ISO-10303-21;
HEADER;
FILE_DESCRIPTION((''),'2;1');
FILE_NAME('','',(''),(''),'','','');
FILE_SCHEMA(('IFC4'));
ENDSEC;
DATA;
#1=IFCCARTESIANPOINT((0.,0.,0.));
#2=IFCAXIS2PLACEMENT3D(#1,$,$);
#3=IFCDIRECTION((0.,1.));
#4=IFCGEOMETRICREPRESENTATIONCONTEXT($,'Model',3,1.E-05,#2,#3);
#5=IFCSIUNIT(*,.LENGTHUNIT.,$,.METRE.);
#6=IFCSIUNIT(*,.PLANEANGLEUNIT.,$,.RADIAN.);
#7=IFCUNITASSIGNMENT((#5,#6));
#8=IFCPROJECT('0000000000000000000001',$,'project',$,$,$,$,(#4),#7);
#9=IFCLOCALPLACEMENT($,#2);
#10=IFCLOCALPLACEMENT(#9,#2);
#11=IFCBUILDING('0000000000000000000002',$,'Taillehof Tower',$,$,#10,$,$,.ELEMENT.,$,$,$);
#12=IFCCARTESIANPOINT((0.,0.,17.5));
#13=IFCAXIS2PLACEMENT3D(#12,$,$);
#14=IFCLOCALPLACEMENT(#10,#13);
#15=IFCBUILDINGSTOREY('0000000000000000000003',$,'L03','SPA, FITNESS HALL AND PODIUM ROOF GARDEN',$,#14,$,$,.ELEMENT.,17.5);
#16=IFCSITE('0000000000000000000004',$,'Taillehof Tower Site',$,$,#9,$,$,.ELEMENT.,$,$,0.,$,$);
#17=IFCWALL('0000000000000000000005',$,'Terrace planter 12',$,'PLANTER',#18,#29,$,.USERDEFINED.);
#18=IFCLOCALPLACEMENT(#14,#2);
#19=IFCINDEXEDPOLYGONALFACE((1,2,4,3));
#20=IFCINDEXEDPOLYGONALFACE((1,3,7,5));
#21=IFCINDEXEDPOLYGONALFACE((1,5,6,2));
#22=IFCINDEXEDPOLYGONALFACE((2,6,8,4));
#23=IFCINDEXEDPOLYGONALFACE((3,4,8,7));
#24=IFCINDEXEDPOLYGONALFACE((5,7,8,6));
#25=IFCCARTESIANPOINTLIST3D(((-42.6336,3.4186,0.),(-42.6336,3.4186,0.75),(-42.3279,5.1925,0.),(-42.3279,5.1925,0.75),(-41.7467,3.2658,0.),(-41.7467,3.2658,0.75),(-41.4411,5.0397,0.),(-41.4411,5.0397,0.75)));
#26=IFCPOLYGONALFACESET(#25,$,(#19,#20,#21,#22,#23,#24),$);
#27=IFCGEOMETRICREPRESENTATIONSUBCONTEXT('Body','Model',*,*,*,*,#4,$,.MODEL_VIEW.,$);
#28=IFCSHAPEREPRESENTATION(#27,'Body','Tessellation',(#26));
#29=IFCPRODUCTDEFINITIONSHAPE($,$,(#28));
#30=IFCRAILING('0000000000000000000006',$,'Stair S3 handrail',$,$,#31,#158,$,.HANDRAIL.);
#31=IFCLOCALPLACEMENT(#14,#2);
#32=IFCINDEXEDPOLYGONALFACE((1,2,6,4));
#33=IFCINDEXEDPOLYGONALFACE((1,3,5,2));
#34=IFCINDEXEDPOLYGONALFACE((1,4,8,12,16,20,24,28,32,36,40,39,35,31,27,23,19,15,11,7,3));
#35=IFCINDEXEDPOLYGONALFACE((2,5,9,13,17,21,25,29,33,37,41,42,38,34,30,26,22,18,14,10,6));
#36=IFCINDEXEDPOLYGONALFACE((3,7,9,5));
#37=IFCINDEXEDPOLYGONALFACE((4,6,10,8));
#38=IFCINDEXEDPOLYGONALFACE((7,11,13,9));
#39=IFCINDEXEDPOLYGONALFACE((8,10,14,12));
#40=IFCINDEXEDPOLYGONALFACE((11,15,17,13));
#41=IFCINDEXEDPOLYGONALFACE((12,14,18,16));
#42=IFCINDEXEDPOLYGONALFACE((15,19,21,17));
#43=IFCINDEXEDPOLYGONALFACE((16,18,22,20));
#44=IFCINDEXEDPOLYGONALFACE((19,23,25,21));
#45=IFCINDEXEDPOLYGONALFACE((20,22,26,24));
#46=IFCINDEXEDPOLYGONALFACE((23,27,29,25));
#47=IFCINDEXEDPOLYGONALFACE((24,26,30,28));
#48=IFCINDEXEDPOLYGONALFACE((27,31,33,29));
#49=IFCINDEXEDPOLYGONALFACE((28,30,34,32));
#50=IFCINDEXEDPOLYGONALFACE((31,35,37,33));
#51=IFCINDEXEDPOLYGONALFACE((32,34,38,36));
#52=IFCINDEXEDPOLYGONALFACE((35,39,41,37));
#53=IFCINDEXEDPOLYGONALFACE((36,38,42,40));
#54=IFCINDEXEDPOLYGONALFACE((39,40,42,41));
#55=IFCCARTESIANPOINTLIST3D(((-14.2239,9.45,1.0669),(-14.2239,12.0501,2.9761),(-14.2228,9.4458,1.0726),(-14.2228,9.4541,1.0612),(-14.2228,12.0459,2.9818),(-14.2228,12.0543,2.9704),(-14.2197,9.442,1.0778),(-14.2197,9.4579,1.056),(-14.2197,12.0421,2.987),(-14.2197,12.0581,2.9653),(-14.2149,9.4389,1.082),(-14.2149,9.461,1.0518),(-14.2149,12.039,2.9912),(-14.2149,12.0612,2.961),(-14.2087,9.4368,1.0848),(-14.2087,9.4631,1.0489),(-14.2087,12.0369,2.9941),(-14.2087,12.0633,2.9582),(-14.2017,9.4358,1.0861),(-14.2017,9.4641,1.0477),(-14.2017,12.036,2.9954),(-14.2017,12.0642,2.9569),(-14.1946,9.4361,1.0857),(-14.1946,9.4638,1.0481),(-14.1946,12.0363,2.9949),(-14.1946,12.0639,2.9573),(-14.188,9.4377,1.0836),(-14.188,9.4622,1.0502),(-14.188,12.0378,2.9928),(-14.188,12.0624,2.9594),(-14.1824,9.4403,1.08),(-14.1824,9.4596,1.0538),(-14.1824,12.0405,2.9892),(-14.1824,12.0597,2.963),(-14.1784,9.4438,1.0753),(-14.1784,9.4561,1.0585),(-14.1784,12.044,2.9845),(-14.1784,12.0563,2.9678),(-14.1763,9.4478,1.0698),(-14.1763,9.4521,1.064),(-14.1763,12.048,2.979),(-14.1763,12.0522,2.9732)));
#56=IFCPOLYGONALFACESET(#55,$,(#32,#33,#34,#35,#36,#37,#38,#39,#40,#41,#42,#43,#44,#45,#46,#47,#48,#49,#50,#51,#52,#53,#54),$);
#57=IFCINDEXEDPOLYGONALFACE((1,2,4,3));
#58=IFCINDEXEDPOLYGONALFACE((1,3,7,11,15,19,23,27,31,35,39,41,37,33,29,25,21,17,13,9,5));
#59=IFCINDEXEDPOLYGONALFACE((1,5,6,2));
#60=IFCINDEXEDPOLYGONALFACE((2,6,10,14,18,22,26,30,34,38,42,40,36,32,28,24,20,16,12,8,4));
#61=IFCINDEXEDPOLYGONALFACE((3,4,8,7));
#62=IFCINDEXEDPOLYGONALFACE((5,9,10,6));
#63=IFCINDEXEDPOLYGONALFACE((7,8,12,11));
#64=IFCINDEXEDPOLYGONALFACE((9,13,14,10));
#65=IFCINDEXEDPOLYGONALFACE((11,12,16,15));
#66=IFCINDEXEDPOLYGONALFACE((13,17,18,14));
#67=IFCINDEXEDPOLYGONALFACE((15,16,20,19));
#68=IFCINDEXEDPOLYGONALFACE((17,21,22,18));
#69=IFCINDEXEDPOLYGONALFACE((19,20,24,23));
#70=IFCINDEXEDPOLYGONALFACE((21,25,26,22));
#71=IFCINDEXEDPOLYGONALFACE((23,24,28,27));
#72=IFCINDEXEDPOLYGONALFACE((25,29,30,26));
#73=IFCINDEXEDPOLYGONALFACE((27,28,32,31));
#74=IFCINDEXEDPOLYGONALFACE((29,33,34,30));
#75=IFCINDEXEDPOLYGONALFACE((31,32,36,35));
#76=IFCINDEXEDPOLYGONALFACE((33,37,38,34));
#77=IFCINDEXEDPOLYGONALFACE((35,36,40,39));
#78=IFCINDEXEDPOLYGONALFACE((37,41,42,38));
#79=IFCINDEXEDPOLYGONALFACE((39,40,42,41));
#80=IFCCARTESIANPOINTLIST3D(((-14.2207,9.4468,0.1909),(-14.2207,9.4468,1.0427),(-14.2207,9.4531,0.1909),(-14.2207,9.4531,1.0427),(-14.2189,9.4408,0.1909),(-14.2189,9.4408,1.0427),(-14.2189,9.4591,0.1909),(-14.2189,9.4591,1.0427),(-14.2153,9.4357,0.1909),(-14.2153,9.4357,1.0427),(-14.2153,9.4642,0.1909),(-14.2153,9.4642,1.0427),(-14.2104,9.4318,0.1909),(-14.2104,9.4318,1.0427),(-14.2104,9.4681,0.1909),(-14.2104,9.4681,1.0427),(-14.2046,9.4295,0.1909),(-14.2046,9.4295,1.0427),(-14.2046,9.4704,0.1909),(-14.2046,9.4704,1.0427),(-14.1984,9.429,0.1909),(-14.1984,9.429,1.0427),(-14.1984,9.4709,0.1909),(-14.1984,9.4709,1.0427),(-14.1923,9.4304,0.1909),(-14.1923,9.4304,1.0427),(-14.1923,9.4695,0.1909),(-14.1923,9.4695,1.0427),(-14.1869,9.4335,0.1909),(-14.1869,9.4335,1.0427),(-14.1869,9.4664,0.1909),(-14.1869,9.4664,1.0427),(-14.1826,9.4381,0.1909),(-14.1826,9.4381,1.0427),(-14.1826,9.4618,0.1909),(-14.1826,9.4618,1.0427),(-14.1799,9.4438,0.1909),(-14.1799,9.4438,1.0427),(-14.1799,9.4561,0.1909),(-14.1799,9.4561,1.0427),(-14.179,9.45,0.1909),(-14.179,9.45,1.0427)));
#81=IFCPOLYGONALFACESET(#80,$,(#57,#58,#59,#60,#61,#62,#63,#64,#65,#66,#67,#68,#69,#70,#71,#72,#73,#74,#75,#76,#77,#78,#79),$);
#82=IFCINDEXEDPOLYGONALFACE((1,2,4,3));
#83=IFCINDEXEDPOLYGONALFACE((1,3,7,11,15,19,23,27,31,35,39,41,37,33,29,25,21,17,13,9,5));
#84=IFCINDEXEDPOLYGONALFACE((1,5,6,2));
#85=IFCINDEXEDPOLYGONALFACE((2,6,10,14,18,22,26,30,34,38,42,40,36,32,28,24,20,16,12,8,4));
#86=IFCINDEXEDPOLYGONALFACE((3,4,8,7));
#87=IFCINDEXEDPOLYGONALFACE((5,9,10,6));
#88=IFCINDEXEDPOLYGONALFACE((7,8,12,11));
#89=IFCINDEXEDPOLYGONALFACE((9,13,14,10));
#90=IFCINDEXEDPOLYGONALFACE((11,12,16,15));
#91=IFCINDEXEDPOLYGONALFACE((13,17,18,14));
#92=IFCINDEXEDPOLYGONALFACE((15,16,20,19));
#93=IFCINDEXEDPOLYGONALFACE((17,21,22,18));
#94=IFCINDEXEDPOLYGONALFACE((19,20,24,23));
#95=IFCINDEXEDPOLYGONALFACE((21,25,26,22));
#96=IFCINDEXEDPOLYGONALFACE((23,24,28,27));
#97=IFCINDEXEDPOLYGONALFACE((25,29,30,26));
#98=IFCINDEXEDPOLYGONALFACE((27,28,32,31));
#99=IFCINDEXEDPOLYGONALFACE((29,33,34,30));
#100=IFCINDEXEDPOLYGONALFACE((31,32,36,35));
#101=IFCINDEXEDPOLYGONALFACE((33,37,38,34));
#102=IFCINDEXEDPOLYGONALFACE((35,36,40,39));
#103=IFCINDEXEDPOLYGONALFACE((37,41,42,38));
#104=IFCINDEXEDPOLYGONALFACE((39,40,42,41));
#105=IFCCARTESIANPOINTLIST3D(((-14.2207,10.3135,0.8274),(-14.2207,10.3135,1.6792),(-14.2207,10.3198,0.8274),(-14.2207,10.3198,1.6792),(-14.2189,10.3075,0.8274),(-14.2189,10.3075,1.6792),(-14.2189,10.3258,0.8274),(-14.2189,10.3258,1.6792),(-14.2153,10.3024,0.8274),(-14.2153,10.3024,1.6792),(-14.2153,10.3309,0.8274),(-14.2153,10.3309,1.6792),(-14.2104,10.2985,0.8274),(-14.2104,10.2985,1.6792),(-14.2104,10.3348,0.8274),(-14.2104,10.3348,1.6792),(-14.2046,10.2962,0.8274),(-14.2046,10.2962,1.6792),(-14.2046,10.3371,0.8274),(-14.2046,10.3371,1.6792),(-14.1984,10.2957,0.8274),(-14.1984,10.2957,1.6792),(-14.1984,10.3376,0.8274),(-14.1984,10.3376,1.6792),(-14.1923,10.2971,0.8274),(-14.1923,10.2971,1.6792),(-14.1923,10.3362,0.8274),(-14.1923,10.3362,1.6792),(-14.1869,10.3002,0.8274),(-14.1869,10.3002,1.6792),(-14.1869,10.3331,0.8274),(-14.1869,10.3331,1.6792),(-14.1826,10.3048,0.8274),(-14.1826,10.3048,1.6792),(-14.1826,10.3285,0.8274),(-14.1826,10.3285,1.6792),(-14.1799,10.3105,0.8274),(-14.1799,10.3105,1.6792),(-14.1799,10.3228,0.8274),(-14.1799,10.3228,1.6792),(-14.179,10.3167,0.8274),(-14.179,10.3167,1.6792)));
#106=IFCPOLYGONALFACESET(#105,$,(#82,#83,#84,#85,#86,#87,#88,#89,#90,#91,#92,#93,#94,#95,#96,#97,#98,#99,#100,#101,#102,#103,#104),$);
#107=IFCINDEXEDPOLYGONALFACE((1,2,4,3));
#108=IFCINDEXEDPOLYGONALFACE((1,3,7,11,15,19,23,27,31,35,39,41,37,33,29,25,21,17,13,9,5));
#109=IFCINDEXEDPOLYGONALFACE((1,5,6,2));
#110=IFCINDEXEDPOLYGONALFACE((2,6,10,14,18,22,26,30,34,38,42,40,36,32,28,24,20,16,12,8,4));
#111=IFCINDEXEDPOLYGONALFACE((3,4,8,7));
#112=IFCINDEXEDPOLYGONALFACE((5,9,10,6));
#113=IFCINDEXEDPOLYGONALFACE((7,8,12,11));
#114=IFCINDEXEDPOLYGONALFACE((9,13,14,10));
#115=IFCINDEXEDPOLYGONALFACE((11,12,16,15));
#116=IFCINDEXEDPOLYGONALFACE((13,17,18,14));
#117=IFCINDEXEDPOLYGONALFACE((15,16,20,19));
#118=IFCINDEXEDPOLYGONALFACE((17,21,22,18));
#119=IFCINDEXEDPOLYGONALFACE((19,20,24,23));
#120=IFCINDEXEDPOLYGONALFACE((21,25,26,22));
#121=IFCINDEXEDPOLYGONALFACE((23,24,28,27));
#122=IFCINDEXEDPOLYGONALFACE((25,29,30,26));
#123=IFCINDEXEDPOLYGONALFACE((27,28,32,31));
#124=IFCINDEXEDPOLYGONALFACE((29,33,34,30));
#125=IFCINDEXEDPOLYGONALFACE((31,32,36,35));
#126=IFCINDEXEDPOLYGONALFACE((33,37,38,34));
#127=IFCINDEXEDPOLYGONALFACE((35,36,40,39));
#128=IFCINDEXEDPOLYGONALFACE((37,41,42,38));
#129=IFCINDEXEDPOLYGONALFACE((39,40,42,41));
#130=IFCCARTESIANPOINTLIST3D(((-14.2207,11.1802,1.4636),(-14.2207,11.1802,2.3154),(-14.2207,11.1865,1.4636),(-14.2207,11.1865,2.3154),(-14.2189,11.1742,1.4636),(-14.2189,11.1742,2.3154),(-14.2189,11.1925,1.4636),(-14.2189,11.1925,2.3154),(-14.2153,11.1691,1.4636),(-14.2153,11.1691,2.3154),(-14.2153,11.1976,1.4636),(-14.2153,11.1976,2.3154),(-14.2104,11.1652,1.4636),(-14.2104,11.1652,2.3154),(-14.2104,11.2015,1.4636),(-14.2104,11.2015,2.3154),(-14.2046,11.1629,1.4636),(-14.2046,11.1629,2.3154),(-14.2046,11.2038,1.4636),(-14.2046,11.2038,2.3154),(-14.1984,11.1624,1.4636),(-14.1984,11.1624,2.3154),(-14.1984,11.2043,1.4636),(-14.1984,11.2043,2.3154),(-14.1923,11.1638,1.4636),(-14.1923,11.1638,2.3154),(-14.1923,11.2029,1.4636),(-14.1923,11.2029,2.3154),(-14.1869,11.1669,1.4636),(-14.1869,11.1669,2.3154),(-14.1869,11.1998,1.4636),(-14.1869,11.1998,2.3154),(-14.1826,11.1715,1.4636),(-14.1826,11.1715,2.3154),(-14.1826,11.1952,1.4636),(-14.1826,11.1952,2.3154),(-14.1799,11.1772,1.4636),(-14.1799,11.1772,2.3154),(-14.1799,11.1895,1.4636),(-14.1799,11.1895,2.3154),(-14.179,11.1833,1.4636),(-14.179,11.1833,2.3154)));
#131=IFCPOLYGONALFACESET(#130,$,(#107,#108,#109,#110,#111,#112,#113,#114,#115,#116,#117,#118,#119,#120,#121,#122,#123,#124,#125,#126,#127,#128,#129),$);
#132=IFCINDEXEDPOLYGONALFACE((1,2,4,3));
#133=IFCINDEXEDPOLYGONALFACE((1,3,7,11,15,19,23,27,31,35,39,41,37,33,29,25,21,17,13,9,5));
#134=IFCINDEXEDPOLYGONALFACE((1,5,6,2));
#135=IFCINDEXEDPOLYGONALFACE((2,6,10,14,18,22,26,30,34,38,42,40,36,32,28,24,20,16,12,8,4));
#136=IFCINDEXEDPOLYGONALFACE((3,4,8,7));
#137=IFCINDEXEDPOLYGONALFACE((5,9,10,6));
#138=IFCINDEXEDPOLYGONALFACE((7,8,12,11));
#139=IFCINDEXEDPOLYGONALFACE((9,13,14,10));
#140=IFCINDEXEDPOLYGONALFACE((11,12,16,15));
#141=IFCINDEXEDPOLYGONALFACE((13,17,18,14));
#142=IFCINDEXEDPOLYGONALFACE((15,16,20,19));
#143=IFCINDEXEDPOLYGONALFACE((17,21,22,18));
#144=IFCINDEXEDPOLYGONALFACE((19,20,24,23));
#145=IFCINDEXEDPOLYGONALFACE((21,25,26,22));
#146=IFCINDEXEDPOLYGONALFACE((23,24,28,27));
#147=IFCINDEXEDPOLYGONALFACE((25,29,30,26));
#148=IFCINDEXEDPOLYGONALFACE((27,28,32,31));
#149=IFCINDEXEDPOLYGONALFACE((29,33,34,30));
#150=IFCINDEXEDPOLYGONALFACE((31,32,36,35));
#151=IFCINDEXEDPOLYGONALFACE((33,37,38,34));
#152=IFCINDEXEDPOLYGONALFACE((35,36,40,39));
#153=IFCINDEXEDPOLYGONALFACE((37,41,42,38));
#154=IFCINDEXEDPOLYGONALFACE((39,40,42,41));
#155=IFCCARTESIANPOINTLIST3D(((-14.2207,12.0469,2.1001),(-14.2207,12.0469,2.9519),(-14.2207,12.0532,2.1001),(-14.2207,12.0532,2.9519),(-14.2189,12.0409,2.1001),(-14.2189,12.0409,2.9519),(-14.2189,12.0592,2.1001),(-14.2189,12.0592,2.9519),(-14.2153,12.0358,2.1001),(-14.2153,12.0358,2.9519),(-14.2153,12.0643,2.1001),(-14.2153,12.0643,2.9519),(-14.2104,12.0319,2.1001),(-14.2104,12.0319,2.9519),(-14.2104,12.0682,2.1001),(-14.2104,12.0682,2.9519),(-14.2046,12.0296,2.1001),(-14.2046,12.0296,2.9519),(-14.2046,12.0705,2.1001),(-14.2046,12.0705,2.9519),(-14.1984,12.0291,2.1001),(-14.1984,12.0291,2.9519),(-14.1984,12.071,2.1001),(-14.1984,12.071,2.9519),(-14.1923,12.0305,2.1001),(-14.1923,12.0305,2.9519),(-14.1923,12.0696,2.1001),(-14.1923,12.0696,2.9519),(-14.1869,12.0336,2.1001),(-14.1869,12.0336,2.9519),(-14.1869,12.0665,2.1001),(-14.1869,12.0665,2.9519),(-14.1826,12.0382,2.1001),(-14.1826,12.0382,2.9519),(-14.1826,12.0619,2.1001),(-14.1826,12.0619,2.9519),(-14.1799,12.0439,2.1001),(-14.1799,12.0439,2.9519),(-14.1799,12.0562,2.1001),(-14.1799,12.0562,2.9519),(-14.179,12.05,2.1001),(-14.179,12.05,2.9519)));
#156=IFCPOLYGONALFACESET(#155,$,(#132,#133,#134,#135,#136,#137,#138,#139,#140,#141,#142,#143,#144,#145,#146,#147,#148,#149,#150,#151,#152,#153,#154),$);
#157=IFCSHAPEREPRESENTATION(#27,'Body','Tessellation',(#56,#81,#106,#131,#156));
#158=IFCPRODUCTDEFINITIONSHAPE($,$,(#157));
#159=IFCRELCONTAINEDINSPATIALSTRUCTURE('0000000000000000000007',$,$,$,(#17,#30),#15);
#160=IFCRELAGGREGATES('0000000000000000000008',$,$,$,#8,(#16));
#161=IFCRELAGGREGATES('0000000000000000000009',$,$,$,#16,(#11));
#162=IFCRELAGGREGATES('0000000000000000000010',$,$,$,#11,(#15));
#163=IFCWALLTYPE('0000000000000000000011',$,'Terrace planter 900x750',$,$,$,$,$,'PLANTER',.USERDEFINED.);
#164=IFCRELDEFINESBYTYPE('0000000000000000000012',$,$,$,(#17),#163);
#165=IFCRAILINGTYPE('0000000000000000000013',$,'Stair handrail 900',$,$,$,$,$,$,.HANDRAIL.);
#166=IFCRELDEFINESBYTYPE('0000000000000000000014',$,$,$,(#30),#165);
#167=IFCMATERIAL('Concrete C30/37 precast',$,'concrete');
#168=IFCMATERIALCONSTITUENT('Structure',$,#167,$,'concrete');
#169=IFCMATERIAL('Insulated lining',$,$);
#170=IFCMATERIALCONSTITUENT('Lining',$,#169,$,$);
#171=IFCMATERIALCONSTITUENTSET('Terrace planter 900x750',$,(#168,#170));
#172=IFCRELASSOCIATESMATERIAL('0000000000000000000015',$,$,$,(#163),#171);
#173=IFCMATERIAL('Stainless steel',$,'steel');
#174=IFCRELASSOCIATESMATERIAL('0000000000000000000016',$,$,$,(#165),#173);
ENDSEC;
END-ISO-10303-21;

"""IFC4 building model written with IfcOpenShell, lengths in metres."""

from ifc_helpers import new_model, si_unit, direction, frame, frame_2d, origin, origin_2d, place, context, subcontext, project, spatial, rectangle, circle, extrude, material, constituent, constituent_set, type_object, element, save


model = new_model("IFC4")

# Units and contexts
model_context = context("Model", 3, precision=1e-05, world=origin(), true_north=direction((0.0, 1.0)))
body_context = subcontext(model_context, "Body", "Model", "MODEL_VIEW")
ifc_project = project(units=[si_unit("LENGTHUNIT", "METRE"), si_unit("PLANEANGLEUNIT", "RADIAN")], contexts=[model_context])

# Site, building, storey
site_placement = place(None, origin())
site = spatial("IfcSite", under=ifc_project, at=site_placement, Name="Taillehof Tower Site", CompositionType="ELEMENT", RefElevation=0.0)
building_placement = place(site_placement, origin())
building = spatial("IfcBuilding", under=site, at=building_placement, Name="Taillehof Tower", CompositionType="ELEMENT")
storey_placement = place(building_placement, frame((0.0, 0.0, 17.5)))
storey = spatial("IfcBuildingStorey", under=building, at=storey_placement, Name="L03", Description="SPA, FITNESS HALL AND PODIUM ROOF GARDEN", CompositionType="ELEMENT", Elevation=17.5)

# Wall
ifc_material_1 = material(Name="Concrete C30/37 precast", Category="concrete")
ifc_constituent_1 = constituent(ifc_material_1, Name="Structure", Category="concrete")
ifc_material_2 = material(Name="Insulated lining")
ifc_constituent_2 = constituent(ifc_material_2, Name="Lining")
ifc_constituent_set_1 = constituent_set(constituents=[ifc_constituent_1, ifc_constituent_2], Name="Terrace planter 900x750")
wall_type_1 = type_object("IfcWallType", Name="Terrace planter 900x750", ElementType="PLANTER", PredefinedType="USERDEFINED", material=ifc_constituent_set_1)
wall_1_placement = place(storey_placement, frame((-41.8845, 5.116, 0.0), z_axis=(0.0, 0.0, 1.0), x_axis=(-0.169807, -0.985477, 0.0)))
element("IfcWall", 1, at=wall_1_placement, inside=storey, type_object=wall_type_1, Name="Terrace planter 12", ObjectType="PLANTER", PredefinedType="USERDEFINED", context=body_context, shape_type="SweptSolid", body=[
    extrude(rectangle(XDim=1.8, YDim=0.8999, at=frame_2d((0.8999, 0.0))), origin(), (0.0, 0.0, 1.0), 0.75),
])

# Railing
ifc_material_3 = material(Name="Stainless steel", Category="steel")
railing_type = type_object("IfcRailingType", Name="Stair handrail 900", PredefinedType="HANDRAIL", material=ifc_material_3)
railing_placement = place(storey_placement, frame((-14.2, 9.45, 0.1909)))
element("IfcRailing", 2, at=railing_placement, inside=storey, type_object=railing_type, Name="Stair S3 handrail", PredefinedType="HANDRAIL", context=body_context, shape_type="SweptSolid", body=[
    extrude(circle(Radius=0.0239, at=origin_2d()), frame((0.0, 0.0, 0.876), z_axis=(0.0, 0.806044, 0.591856), x_axis=(-1.0, 0.0, 0.0)), (0.0, 0.0, 1.0), 3.2258),
    extrude(circle(Radius=0.021, at=origin_2d()), origin(), (0.0, 0.0, 1.0), 0.8518),
    extrude(circle(Radius=0.021, at=origin_2d()), frame((0.0, 0.8667, 0.6365)), (0.0, 0.0, 1.0), 0.8518),
    extrude(circle(Radius=0.021, at=origin_2d()), frame((0.0, 1.7334, 1.2727)), (0.0, 0.0, 1.0), 0.8518),
    extrude(circle(Radius=0.021, at=origin_2d()), frame((0.0, 2.6001, 1.9092)), (0.0, 0.0, 1.0), 0.8518),
])

save(model, "model.ifc")
